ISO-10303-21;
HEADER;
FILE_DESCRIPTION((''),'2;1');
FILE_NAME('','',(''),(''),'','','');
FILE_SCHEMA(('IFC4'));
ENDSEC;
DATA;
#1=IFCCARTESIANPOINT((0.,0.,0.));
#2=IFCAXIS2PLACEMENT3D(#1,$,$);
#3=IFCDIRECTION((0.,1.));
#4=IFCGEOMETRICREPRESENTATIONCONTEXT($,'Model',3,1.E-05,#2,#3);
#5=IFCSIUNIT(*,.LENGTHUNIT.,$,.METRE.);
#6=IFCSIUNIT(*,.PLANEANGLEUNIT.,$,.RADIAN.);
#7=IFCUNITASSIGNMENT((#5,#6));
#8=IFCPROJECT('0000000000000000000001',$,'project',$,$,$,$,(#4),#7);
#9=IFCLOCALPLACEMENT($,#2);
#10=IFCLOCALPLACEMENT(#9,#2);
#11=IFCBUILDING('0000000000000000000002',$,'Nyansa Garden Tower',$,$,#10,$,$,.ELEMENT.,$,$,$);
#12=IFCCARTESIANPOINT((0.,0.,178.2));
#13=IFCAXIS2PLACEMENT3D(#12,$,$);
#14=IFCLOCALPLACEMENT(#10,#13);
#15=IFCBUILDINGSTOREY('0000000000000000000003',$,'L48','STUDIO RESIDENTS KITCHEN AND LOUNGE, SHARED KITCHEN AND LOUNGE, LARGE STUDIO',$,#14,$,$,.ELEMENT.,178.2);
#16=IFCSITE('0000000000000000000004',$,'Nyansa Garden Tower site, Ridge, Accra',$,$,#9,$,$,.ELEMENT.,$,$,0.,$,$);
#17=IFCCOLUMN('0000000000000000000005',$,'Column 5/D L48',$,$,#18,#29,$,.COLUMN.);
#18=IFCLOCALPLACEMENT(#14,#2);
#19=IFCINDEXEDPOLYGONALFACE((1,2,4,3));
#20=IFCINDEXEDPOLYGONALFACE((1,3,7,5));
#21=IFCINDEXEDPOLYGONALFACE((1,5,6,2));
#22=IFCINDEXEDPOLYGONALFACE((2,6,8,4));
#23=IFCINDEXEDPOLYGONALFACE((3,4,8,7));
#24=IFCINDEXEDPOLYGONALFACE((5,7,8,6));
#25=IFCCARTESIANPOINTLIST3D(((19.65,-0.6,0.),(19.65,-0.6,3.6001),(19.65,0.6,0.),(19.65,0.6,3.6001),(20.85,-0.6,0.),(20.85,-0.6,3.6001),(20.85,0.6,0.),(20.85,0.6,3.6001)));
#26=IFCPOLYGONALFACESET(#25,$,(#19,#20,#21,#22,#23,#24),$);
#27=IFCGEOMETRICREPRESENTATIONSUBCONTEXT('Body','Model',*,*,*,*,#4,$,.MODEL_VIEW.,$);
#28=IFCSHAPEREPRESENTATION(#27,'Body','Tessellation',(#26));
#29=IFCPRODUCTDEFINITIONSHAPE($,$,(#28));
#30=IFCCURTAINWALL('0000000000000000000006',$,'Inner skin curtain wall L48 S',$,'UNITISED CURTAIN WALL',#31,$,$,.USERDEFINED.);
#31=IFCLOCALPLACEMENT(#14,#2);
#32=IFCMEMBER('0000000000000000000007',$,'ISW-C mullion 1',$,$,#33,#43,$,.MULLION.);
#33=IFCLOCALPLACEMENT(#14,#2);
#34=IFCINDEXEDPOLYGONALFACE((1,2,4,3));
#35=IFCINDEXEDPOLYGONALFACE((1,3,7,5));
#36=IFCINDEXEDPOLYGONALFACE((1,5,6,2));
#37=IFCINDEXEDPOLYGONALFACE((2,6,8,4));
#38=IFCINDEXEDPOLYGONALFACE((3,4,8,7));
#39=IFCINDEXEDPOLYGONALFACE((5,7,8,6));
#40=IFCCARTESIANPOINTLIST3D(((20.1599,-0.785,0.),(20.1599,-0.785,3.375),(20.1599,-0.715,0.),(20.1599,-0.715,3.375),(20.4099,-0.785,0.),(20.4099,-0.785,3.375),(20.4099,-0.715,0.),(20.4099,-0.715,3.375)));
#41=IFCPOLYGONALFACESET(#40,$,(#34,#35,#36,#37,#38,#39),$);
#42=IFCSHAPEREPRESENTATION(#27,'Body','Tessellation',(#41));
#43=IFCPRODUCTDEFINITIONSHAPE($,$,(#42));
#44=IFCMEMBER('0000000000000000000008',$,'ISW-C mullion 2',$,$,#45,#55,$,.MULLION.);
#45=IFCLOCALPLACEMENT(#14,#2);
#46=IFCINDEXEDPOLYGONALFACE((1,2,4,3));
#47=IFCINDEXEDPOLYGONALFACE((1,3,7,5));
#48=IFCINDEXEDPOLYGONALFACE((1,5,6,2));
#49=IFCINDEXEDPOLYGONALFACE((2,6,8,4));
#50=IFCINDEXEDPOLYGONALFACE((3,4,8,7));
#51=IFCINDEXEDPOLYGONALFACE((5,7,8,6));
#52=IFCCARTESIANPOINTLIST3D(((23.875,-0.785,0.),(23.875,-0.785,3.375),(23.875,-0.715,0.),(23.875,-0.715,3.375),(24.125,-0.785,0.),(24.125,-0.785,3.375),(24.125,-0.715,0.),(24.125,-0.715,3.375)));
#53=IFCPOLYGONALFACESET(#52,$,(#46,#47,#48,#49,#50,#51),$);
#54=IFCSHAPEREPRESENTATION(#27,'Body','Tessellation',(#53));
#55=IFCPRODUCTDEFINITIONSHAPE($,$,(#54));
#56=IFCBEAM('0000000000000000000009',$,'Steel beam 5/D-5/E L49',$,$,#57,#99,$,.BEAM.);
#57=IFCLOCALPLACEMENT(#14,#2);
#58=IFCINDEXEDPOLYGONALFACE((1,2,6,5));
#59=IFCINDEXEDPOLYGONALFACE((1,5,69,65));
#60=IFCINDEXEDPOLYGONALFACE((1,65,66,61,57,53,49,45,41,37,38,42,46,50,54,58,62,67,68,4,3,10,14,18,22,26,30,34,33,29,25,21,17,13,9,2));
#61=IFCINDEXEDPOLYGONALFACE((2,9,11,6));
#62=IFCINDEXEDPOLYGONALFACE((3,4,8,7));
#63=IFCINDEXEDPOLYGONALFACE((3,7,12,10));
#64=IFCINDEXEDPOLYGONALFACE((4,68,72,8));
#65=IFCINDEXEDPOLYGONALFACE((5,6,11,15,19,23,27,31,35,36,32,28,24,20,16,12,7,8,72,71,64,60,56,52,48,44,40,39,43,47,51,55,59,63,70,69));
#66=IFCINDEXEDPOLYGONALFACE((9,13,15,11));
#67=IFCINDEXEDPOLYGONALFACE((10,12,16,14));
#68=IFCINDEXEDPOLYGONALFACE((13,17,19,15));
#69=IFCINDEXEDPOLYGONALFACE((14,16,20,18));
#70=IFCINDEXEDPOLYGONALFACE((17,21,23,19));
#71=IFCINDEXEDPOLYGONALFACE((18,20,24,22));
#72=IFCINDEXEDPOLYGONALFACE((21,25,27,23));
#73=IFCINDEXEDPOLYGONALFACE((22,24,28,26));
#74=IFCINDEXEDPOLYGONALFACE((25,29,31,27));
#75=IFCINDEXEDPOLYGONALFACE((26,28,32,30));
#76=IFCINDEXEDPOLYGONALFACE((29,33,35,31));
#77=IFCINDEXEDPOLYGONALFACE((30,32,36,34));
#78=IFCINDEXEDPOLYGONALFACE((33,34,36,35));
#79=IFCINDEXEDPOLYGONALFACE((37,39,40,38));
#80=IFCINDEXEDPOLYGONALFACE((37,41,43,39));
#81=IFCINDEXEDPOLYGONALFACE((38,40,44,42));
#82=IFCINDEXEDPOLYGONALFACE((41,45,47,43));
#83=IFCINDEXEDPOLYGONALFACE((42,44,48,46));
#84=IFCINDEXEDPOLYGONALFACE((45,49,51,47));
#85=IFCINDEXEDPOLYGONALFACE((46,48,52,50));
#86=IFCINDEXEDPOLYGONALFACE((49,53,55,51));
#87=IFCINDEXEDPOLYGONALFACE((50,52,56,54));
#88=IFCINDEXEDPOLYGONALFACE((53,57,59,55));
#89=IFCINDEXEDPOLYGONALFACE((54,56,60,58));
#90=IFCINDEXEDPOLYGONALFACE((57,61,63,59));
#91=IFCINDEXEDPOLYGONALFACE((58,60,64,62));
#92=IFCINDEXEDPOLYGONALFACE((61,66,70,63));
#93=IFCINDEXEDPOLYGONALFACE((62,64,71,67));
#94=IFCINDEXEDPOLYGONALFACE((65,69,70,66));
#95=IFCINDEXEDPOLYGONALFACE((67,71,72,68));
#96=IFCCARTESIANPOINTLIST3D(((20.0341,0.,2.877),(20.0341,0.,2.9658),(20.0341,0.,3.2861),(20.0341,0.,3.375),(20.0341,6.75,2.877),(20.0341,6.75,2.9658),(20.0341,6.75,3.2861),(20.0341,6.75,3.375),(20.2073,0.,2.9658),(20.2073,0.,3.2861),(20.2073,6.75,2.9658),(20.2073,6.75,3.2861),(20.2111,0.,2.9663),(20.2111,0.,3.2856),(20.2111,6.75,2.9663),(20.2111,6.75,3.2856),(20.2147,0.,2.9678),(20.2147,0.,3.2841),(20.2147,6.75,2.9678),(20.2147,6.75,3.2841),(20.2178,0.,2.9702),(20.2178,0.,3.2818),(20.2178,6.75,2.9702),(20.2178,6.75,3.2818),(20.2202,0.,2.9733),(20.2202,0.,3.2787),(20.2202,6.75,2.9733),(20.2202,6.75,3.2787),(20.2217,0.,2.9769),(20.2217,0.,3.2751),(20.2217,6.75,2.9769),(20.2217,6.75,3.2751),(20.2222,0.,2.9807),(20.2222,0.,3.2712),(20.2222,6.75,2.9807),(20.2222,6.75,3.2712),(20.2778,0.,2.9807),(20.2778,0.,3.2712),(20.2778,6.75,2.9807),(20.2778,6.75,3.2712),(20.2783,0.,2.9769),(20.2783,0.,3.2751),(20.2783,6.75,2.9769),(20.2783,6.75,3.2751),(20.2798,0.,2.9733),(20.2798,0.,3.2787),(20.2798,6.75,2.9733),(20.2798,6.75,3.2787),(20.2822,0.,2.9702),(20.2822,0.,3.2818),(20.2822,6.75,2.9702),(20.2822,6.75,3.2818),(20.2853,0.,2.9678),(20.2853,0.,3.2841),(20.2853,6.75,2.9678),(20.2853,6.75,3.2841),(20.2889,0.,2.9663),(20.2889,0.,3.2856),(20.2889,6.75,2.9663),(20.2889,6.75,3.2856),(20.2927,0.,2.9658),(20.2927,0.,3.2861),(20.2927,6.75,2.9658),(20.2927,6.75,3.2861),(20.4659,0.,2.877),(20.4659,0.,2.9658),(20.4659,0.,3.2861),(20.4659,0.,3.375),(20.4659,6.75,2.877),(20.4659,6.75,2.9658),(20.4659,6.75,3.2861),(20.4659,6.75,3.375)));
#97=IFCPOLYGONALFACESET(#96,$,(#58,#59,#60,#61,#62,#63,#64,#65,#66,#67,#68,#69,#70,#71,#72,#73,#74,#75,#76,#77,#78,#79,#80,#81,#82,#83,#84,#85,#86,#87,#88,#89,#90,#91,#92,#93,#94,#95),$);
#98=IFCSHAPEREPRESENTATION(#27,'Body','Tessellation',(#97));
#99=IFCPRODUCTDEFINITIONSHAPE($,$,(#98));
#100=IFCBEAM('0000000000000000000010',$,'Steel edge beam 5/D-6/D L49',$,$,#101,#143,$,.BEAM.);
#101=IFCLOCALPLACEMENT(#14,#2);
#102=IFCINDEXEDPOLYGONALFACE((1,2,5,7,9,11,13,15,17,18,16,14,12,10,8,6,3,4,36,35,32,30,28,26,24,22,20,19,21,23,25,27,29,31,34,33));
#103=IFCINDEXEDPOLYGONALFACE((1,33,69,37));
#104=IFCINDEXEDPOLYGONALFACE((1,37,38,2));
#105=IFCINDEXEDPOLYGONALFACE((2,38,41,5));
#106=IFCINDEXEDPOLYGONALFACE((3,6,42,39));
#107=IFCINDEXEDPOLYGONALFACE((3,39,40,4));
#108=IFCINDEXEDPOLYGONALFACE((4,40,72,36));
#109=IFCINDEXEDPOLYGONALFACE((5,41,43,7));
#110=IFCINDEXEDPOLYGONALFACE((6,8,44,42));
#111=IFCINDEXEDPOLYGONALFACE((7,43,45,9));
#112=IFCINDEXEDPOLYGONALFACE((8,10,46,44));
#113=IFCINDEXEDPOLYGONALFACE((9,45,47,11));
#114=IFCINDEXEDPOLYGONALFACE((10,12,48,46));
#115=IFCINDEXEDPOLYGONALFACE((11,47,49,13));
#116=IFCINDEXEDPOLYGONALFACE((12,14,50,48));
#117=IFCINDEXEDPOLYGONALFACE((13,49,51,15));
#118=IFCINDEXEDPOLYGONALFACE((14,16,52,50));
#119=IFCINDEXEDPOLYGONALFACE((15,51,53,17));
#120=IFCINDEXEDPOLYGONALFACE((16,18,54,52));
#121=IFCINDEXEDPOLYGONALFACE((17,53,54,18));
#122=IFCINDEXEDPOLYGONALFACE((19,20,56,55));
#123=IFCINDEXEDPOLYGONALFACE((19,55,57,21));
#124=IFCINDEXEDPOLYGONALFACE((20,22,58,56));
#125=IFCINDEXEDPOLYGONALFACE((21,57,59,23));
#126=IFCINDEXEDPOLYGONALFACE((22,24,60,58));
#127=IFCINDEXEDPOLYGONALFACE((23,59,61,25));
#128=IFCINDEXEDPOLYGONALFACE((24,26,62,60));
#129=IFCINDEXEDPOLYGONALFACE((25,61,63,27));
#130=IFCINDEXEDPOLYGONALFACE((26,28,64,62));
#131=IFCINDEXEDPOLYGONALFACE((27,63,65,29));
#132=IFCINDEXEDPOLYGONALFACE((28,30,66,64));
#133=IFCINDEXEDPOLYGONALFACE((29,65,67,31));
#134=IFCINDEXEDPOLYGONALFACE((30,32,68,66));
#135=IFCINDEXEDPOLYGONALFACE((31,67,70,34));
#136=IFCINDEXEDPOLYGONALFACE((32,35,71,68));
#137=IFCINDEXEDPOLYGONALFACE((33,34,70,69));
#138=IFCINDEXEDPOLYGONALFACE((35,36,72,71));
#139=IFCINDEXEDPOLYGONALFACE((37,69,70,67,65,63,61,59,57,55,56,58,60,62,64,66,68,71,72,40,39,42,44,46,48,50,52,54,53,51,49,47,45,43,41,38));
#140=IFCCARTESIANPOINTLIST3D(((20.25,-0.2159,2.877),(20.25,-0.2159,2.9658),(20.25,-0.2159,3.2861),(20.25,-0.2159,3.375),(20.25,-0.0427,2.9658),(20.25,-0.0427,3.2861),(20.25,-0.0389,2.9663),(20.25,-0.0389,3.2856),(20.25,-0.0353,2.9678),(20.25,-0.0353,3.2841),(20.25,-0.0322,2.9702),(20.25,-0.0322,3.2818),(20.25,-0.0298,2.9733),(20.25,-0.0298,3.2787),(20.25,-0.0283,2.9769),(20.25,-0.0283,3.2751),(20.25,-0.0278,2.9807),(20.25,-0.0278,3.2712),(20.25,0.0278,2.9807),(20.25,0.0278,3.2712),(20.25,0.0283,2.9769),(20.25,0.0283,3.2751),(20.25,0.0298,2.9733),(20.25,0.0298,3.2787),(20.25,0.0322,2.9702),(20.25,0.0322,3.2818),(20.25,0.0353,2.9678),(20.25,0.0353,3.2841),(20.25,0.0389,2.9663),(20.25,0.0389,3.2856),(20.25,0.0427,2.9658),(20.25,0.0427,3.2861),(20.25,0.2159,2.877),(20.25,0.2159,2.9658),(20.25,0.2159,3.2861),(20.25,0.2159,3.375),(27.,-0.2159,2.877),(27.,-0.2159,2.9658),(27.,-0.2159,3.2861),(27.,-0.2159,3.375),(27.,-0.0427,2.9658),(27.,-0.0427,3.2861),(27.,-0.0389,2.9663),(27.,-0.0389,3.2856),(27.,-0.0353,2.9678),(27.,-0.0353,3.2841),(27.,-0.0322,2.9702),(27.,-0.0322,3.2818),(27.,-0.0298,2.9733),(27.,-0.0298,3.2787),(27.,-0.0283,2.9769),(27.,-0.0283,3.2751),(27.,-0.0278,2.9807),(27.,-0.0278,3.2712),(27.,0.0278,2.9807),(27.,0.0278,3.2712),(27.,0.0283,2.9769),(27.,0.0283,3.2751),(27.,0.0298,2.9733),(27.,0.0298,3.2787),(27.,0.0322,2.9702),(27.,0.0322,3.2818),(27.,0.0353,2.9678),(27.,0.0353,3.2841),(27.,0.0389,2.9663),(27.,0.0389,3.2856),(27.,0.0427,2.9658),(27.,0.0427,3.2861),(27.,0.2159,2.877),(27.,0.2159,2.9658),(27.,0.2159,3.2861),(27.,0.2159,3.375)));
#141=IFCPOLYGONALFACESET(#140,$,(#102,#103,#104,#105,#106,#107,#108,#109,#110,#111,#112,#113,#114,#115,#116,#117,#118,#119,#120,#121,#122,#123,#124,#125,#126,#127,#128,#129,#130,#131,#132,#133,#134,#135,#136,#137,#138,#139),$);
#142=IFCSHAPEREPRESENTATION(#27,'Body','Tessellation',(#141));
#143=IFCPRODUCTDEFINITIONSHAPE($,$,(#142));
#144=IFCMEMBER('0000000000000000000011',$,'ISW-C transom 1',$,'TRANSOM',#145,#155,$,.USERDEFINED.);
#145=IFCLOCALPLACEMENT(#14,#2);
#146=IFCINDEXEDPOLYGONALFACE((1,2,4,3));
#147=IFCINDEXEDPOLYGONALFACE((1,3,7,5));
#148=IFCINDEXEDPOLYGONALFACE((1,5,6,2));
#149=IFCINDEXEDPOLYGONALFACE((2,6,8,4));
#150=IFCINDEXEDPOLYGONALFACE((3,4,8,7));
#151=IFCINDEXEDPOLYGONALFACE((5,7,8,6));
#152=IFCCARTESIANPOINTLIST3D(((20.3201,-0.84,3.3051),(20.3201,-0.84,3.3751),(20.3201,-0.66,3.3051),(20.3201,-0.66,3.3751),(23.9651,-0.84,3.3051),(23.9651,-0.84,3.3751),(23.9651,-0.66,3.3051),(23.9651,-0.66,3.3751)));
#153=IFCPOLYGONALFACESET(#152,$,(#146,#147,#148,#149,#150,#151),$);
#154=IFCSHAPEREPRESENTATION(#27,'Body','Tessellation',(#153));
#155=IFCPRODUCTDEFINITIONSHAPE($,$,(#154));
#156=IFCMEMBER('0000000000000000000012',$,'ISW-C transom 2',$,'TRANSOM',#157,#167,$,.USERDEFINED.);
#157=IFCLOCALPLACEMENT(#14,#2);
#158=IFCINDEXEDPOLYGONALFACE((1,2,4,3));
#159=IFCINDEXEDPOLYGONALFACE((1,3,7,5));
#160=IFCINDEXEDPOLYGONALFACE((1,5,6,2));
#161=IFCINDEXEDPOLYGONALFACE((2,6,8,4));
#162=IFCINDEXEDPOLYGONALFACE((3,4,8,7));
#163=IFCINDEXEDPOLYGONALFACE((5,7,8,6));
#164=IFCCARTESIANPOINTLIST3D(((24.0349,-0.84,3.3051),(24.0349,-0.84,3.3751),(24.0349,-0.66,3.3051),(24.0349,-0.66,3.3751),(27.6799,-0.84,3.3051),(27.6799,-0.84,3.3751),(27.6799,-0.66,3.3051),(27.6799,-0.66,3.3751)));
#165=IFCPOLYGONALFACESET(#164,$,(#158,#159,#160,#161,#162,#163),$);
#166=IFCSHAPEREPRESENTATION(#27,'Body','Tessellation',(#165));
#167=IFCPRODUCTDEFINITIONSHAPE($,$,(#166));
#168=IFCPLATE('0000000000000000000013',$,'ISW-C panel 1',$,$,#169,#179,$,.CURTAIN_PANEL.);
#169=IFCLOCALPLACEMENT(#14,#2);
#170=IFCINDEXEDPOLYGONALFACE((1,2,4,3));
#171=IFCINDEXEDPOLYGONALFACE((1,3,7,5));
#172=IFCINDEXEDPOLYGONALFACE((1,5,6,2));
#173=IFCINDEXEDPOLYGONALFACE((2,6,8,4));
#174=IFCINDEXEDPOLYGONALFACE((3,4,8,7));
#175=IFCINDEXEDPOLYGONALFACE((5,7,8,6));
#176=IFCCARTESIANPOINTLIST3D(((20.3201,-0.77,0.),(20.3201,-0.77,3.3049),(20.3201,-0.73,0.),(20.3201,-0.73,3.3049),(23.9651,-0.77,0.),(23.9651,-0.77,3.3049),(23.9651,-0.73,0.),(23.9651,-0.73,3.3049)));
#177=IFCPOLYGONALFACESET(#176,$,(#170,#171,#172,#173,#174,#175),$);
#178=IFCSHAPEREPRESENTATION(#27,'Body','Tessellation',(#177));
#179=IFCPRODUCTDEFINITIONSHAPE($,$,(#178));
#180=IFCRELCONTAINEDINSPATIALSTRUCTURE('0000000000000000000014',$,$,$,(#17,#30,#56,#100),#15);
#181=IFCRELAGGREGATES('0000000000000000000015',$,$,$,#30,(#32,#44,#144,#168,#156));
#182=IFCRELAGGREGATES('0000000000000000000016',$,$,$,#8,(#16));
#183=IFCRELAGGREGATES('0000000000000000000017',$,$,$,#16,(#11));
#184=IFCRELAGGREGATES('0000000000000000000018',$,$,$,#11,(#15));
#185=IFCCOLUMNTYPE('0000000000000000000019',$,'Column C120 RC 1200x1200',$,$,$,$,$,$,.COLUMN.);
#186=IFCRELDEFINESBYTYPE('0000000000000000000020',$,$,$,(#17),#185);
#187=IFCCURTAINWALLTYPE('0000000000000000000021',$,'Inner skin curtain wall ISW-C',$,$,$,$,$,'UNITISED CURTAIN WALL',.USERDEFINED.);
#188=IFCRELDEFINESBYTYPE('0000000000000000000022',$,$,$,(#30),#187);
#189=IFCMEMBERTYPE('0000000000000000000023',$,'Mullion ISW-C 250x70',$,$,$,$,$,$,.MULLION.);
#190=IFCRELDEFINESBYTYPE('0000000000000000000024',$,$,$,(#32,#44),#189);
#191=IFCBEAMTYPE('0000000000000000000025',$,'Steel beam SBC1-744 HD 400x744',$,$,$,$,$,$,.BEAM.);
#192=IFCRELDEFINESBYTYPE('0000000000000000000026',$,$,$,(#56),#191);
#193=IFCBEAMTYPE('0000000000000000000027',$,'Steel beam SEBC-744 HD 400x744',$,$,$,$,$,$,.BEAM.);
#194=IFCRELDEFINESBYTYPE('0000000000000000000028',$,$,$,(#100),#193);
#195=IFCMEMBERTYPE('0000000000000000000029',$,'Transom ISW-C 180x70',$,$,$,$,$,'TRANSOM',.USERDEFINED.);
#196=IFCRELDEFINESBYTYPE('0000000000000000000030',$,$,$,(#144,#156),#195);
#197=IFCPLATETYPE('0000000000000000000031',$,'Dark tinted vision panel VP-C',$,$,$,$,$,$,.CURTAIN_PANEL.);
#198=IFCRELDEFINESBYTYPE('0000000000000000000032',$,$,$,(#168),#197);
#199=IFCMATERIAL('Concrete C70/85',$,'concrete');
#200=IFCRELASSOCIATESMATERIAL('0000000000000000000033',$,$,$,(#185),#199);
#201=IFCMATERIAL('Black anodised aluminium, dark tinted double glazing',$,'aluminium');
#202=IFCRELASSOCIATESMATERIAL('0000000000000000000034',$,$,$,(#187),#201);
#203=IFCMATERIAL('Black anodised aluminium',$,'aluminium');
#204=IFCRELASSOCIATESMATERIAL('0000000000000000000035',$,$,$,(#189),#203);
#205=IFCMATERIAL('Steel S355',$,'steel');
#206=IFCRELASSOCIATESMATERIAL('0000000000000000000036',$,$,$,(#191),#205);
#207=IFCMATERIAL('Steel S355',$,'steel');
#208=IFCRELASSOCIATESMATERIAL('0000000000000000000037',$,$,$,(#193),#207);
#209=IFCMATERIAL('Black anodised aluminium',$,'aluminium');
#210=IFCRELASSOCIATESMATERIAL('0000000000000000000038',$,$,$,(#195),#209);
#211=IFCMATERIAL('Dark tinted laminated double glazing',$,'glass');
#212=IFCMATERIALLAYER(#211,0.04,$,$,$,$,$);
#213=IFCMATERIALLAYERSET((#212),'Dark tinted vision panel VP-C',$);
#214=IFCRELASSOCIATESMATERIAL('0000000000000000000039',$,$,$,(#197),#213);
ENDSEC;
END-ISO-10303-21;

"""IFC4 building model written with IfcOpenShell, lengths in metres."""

from ifc_helpers import new_model, si_unit, direction, frame, origin, origin_2d, place, context, subcontext, project, spatial, rectangle, i_section, extrude, material, layer, layer_set, material_profile, profile_set, type_object, element, aggregate, save


model = new_model("IFC4")

# Units and contexts
model_context = context("Model", 3, precision=1e-05, world=origin(), true_north=direction((0.0, 1.0)))
body_context = subcontext(model_context, "Body", "Model", "MODEL_VIEW")
ifc_project = project(units=[si_unit("LENGTHUNIT", "METRE"), si_unit("PLANEANGLEUNIT", "RADIAN")], contexts=[model_context])

# Site, building, storey
site_placement = place(None, origin())
site = spatial("IfcSite", under=ifc_project, at=site_placement, Name="Nyansa Garden Tower site, Ridge, Accra", CompositionType="ELEMENT", RefElevation=0.0)
building_placement = place(site_placement, origin())
building = spatial("IfcBuilding", under=site, at=building_placement, Name="Nyansa Garden Tower", CompositionType="ELEMENT")
storey_placement = place(building_placement, frame((0.0, 0.0, 178.2)))
storey = spatial("IfcBuildingStorey", under=building, at=storey_placement, Name="L48", Description="STUDIO RESIDENTS KITCHEN AND LOUNGE, SHARED KITCHEN AND LOUNGE, LARGE STUDIO", CompositionType="ELEMENT", Elevation=178.2)

# Column
ifc_material_1 = material(Name="Concrete C70/85", Category="concrete")
ifc_material_profile_1 = material_profile(ifc_material_1, rectangle(XDim=1.2, YDim=1.2, at=origin_2d()), Name="RC 1200x1200")
ifc_profile_set_1 = profile_set([ifc_material_profile_1], Name="Concrete C70/85")
column_type = type_object("IfcColumnType", Name="Column C120 RC 1200x1200", PredefinedType="COLUMN", material=ifc_profile_set_1)
column_placement = place(storey_placement, frame((20.25, 0.0, 0.0), z_axis=(0.0, 0.0, 1.0), x_axis=(1.0, 0.0, 0.0)))
element("IfcColumn", 1, at=column_placement, inside=storey, type_object=column_type, Name="Column 5/D L48", PredefinedType="COLUMN", context=body_context, shape_type="SweptSolid", body=[
    extrude(rectangle(XDim=1.2, YDim=1.2, at=origin_2d()), origin(), (0.0, 0.0, 1.0), 3.6001),
])

# Curtain wall, members
ifc_material_2 = material(Name="Black anodised aluminium, dark tinted double glazing", Category="aluminium")
curtain_wall_type = type_object("IfcCurtainWallType", Name="Inner skin curtain wall ISW-C", ElementType="UNITISED CURTAIN WALL", PredefinedType="USERDEFINED", material=ifc_material_2)
curtain_wall_placement = place(storey_placement, origin())
curtain_wall = element("IfcCurtainWall", 2, at=curtain_wall_placement, inside=storey, type_object=curtain_wall_type, Name="Inner skin curtain wall L48 S", ObjectType="UNITISED CURTAIN WALL", PredefinedType="USERDEFINED")
ifc_material_3 = material(Name="Black anodised aluminium", Category="aluminium")
ifc_material_profile_2 = material_profile(ifc_material_3, rectangle(XDim=0.0701, YDim=0.25, at=origin_2d()), Name="Mullion 250x70")
ifc_profile_set_2 = profile_set([ifc_material_profile_2], Name="Black anodised aluminium")
member_type_1 = type_object("IfcMemberType", Name="Mullion ISW-C 250x70", PredefinedType="MULLION", material=ifc_profile_set_2)
member_1_placement = place(storey_placement, frame((20.2849, -0.75, 0.0), z_axis=(0.0, 0.0, 1.0), x_axis=(0.0, 1.0, 0.0)))
member_1 = element("IfcMember", 3, at=member_1_placement, type_object=member_type_1, Name="ISW-C mullion 1", PredefinedType="MULLION", context=body_context, shape_type="SweptSolid", body=[
    extrude(rectangle(XDim=0.0701, YDim=0.25, at=origin_2d()), origin(), (0.0, 0.0, 1.0), 3.375),
])
member_2_placement = place(storey_placement, frame((24.0, -0.75, 0.0), z_axis=(0.0, 0.0, 1.0), x_axis=(0.0, 1.0, 0.0)))
member_2 = element("IfcMember", 4, at=member_2_placement, type_object=member_type_1, Name="ISW-C mullion 2", PredefinedType="MULLION", context=body_context, shape_type="SweptSolid", body=[
    extrude(rectangle(XDim=0.0701, YDim=0.25, at=origin_2d()), origin(), (0.0, 0.0, 1.0), 3.375),
])

# Beams
ifc_material_4 = material(Name="Steel S355", Category="steel")
ifc_material_profile_3 = material_profile(ifc_material_4, i_section(OverallWidth=0.4319, OverallDepth=0.498, WebThickness=0.0557, FlangeThickness=0.0889, FilletRadius=0.0149, at=origin_2d()), Name="HD 400x744")
ifc_profile_set_3 = profile_set([ifc_material_profile_3], Name="Steel S355")
beam_type_1 = type_object("IfcBeamType", Name="Steel beam SBC1-744 HD 400x744", PredefinedType="BEAM", material=ifc_profile_set_3)
beam_1_placement = place(storey_placement, frame((20.25, 0.0, 3.126), z_axis=(0.0, 1.0, 0.0), x_axis=(-1.0, 0.0, 0.0)))
element("IfcBeam", 5, at=beam_1_placement, inside=storey, type_object=beam_type_1, Name="Steel beam 5/D-5/E L49", PredefinedType="BEAM", context=body_context, shape_type="SweptSolid", body=[
    extrude(i_section(OverallWidth=0.4319, OverallDepth=0.498, WebThickness=0.0557, FlangeThickness=0.0889, FilletRadius=0.0149, at=origin_2d()), origin(), (0.0, 0.0, 1.0), 6.75),
])
ifc_material_5 = material(Name="Steel S355", Category="steel")
ifc_material_profile_4 = material_profile(ifc_material_5, i_section(OverallWidth=0.4319, OverallDepth=0.498, WebThickness=0.0557, FlangeThickness=0.0889, FilletRadius=0.0149, at=origin_2d()), Name="HD 400x744")
ifc_profile_set_4 = profile_set([ifc_material_profile_4], Name="Steel S355")
beam_type_2 = type_object("IfcBeamType", Name="Steel beam SEBC-744 HD 400x744", PredefinedType="BEAM", material=ifc_profile_set_4)
beam_2_placement = place(storey_placement, frame((20.25, 0.0, 3.126), z_axis=(1.0, 0.0, 0.0), x_axis=(0.0, 1.0, 0.0)))
element("IfcBeam", 6, at=beam_2_placement, inside=storey, type_object=beam_type_2, Name="Steel edge beam 5/D-6/D L49", PredefinedType="BEAM", context=body_context, shape_type="SweptSolid", body=[
    extrude(i_section(OverallWidth=0.4319, OverallDepth=0.498, WebThickness=0.0557, FlangeThickness=0.0889, FilletRadius=0.0149, at=origin_2d()), origin(), (0.0, 0.0, 1.0), 6.75),
])

# Members
ifc_material_6 = material(Name="Black anodised aluminium", Category="aluminium")
ifc_material_profile_5 = material_profile(ifc_material_6, rectangle(XDim=0.1799, YDim=0.0701, at=origin_2d()), Name="Transom 180x70")
ifc_profile_set_5 = profile_set([ifc_material_profile_5], Name="Black anodised aluminium")
member_type_2 = type_object("IfcMemberType", Name="Transom ISW-C 180x70", ElementType="TRANSOM", PredefinedType="USERDEFINED", material=ifc_profile_set_5)
member_3_placement = place(storey_placement, frame((20.3201, -0.75, 3.3401), z_axis=(1.0, 0.0, 0.0), x_axis=(0.0, 1.0, 0.0)))
member_3 = element("IfcMember", 7, at=member_3_placement, type_object=member_type_2, Name="ISW-C transom 1", ObjectType="TRANSOM", PredefinedType="USERDEFINED", context=body_context, shape_type="SweptSolid", body=[
    extrude(rectangle(XDim=0.1799, YDim=0.0701, at=origin_2d()), origin(), (0.0, 0.0, 1.0), 3.645),
])
member_4_placement = place(storey_placement, frame((24.0349, -0.75, 3.3401), z_axis=(1.0, 0.0, 0.0), x_axis=(0.0, 1.0, 0.0)))
member_4 = element("IfcMember", 8, at=member_4_placement, type_object=member_type_2, Name="ISW-C transom 2", ObjectType="TRANSOM", PredefinedType="USERDEFINED", context=body_context, shape_type="SweptSolid", body=[
    extrude(rectangle(XDim=0.1799, YDim=0.0701, at=origin_2d()), origin(), (0.0, 0.0, 1.0), 3.645),
])

# Plate
ifc_material_7 = material(Name="Dark tinted laminated double glazing", Category="glass")
ifc_layer_1 = layer(ifc_material_7, 0.04)
ifc_layer_set_1 = layer_set([ifc_layer_1], Name="Dark tinted vision panel VP-C")
plate_type = type_object("IfcPlateType", Name="Dark tinted vision panel VP-C", PredefinedType="CURTAIN_PANEL", material=ifc_layer_set_1)
plate_1_placement = place(storey_placement, frame((22.1426, -0.75, 0.0), z_axis=(0.0, 0.0, 1.0), x_axis=(1.0, 0.0, 0.0)))
plate_1 = element("IfcPlate", 9, at=plate_1_placement, type_object=plate_type, Name="ISW-C panel 1", PredefinedType="CURTAIN_PANEL", context=body_context, shape_type="SweptSolid", body=[
    extrude(rectangle(XDim=3.645, YDim=0.04, at=origin_2d()), origin(), (0.0, 0.0, 1.0), 3.3049),
])
aggregate(curtain_wall, [member_1, member_2, member_3, plate_1, member_4])

save(model, "model.ifc")
